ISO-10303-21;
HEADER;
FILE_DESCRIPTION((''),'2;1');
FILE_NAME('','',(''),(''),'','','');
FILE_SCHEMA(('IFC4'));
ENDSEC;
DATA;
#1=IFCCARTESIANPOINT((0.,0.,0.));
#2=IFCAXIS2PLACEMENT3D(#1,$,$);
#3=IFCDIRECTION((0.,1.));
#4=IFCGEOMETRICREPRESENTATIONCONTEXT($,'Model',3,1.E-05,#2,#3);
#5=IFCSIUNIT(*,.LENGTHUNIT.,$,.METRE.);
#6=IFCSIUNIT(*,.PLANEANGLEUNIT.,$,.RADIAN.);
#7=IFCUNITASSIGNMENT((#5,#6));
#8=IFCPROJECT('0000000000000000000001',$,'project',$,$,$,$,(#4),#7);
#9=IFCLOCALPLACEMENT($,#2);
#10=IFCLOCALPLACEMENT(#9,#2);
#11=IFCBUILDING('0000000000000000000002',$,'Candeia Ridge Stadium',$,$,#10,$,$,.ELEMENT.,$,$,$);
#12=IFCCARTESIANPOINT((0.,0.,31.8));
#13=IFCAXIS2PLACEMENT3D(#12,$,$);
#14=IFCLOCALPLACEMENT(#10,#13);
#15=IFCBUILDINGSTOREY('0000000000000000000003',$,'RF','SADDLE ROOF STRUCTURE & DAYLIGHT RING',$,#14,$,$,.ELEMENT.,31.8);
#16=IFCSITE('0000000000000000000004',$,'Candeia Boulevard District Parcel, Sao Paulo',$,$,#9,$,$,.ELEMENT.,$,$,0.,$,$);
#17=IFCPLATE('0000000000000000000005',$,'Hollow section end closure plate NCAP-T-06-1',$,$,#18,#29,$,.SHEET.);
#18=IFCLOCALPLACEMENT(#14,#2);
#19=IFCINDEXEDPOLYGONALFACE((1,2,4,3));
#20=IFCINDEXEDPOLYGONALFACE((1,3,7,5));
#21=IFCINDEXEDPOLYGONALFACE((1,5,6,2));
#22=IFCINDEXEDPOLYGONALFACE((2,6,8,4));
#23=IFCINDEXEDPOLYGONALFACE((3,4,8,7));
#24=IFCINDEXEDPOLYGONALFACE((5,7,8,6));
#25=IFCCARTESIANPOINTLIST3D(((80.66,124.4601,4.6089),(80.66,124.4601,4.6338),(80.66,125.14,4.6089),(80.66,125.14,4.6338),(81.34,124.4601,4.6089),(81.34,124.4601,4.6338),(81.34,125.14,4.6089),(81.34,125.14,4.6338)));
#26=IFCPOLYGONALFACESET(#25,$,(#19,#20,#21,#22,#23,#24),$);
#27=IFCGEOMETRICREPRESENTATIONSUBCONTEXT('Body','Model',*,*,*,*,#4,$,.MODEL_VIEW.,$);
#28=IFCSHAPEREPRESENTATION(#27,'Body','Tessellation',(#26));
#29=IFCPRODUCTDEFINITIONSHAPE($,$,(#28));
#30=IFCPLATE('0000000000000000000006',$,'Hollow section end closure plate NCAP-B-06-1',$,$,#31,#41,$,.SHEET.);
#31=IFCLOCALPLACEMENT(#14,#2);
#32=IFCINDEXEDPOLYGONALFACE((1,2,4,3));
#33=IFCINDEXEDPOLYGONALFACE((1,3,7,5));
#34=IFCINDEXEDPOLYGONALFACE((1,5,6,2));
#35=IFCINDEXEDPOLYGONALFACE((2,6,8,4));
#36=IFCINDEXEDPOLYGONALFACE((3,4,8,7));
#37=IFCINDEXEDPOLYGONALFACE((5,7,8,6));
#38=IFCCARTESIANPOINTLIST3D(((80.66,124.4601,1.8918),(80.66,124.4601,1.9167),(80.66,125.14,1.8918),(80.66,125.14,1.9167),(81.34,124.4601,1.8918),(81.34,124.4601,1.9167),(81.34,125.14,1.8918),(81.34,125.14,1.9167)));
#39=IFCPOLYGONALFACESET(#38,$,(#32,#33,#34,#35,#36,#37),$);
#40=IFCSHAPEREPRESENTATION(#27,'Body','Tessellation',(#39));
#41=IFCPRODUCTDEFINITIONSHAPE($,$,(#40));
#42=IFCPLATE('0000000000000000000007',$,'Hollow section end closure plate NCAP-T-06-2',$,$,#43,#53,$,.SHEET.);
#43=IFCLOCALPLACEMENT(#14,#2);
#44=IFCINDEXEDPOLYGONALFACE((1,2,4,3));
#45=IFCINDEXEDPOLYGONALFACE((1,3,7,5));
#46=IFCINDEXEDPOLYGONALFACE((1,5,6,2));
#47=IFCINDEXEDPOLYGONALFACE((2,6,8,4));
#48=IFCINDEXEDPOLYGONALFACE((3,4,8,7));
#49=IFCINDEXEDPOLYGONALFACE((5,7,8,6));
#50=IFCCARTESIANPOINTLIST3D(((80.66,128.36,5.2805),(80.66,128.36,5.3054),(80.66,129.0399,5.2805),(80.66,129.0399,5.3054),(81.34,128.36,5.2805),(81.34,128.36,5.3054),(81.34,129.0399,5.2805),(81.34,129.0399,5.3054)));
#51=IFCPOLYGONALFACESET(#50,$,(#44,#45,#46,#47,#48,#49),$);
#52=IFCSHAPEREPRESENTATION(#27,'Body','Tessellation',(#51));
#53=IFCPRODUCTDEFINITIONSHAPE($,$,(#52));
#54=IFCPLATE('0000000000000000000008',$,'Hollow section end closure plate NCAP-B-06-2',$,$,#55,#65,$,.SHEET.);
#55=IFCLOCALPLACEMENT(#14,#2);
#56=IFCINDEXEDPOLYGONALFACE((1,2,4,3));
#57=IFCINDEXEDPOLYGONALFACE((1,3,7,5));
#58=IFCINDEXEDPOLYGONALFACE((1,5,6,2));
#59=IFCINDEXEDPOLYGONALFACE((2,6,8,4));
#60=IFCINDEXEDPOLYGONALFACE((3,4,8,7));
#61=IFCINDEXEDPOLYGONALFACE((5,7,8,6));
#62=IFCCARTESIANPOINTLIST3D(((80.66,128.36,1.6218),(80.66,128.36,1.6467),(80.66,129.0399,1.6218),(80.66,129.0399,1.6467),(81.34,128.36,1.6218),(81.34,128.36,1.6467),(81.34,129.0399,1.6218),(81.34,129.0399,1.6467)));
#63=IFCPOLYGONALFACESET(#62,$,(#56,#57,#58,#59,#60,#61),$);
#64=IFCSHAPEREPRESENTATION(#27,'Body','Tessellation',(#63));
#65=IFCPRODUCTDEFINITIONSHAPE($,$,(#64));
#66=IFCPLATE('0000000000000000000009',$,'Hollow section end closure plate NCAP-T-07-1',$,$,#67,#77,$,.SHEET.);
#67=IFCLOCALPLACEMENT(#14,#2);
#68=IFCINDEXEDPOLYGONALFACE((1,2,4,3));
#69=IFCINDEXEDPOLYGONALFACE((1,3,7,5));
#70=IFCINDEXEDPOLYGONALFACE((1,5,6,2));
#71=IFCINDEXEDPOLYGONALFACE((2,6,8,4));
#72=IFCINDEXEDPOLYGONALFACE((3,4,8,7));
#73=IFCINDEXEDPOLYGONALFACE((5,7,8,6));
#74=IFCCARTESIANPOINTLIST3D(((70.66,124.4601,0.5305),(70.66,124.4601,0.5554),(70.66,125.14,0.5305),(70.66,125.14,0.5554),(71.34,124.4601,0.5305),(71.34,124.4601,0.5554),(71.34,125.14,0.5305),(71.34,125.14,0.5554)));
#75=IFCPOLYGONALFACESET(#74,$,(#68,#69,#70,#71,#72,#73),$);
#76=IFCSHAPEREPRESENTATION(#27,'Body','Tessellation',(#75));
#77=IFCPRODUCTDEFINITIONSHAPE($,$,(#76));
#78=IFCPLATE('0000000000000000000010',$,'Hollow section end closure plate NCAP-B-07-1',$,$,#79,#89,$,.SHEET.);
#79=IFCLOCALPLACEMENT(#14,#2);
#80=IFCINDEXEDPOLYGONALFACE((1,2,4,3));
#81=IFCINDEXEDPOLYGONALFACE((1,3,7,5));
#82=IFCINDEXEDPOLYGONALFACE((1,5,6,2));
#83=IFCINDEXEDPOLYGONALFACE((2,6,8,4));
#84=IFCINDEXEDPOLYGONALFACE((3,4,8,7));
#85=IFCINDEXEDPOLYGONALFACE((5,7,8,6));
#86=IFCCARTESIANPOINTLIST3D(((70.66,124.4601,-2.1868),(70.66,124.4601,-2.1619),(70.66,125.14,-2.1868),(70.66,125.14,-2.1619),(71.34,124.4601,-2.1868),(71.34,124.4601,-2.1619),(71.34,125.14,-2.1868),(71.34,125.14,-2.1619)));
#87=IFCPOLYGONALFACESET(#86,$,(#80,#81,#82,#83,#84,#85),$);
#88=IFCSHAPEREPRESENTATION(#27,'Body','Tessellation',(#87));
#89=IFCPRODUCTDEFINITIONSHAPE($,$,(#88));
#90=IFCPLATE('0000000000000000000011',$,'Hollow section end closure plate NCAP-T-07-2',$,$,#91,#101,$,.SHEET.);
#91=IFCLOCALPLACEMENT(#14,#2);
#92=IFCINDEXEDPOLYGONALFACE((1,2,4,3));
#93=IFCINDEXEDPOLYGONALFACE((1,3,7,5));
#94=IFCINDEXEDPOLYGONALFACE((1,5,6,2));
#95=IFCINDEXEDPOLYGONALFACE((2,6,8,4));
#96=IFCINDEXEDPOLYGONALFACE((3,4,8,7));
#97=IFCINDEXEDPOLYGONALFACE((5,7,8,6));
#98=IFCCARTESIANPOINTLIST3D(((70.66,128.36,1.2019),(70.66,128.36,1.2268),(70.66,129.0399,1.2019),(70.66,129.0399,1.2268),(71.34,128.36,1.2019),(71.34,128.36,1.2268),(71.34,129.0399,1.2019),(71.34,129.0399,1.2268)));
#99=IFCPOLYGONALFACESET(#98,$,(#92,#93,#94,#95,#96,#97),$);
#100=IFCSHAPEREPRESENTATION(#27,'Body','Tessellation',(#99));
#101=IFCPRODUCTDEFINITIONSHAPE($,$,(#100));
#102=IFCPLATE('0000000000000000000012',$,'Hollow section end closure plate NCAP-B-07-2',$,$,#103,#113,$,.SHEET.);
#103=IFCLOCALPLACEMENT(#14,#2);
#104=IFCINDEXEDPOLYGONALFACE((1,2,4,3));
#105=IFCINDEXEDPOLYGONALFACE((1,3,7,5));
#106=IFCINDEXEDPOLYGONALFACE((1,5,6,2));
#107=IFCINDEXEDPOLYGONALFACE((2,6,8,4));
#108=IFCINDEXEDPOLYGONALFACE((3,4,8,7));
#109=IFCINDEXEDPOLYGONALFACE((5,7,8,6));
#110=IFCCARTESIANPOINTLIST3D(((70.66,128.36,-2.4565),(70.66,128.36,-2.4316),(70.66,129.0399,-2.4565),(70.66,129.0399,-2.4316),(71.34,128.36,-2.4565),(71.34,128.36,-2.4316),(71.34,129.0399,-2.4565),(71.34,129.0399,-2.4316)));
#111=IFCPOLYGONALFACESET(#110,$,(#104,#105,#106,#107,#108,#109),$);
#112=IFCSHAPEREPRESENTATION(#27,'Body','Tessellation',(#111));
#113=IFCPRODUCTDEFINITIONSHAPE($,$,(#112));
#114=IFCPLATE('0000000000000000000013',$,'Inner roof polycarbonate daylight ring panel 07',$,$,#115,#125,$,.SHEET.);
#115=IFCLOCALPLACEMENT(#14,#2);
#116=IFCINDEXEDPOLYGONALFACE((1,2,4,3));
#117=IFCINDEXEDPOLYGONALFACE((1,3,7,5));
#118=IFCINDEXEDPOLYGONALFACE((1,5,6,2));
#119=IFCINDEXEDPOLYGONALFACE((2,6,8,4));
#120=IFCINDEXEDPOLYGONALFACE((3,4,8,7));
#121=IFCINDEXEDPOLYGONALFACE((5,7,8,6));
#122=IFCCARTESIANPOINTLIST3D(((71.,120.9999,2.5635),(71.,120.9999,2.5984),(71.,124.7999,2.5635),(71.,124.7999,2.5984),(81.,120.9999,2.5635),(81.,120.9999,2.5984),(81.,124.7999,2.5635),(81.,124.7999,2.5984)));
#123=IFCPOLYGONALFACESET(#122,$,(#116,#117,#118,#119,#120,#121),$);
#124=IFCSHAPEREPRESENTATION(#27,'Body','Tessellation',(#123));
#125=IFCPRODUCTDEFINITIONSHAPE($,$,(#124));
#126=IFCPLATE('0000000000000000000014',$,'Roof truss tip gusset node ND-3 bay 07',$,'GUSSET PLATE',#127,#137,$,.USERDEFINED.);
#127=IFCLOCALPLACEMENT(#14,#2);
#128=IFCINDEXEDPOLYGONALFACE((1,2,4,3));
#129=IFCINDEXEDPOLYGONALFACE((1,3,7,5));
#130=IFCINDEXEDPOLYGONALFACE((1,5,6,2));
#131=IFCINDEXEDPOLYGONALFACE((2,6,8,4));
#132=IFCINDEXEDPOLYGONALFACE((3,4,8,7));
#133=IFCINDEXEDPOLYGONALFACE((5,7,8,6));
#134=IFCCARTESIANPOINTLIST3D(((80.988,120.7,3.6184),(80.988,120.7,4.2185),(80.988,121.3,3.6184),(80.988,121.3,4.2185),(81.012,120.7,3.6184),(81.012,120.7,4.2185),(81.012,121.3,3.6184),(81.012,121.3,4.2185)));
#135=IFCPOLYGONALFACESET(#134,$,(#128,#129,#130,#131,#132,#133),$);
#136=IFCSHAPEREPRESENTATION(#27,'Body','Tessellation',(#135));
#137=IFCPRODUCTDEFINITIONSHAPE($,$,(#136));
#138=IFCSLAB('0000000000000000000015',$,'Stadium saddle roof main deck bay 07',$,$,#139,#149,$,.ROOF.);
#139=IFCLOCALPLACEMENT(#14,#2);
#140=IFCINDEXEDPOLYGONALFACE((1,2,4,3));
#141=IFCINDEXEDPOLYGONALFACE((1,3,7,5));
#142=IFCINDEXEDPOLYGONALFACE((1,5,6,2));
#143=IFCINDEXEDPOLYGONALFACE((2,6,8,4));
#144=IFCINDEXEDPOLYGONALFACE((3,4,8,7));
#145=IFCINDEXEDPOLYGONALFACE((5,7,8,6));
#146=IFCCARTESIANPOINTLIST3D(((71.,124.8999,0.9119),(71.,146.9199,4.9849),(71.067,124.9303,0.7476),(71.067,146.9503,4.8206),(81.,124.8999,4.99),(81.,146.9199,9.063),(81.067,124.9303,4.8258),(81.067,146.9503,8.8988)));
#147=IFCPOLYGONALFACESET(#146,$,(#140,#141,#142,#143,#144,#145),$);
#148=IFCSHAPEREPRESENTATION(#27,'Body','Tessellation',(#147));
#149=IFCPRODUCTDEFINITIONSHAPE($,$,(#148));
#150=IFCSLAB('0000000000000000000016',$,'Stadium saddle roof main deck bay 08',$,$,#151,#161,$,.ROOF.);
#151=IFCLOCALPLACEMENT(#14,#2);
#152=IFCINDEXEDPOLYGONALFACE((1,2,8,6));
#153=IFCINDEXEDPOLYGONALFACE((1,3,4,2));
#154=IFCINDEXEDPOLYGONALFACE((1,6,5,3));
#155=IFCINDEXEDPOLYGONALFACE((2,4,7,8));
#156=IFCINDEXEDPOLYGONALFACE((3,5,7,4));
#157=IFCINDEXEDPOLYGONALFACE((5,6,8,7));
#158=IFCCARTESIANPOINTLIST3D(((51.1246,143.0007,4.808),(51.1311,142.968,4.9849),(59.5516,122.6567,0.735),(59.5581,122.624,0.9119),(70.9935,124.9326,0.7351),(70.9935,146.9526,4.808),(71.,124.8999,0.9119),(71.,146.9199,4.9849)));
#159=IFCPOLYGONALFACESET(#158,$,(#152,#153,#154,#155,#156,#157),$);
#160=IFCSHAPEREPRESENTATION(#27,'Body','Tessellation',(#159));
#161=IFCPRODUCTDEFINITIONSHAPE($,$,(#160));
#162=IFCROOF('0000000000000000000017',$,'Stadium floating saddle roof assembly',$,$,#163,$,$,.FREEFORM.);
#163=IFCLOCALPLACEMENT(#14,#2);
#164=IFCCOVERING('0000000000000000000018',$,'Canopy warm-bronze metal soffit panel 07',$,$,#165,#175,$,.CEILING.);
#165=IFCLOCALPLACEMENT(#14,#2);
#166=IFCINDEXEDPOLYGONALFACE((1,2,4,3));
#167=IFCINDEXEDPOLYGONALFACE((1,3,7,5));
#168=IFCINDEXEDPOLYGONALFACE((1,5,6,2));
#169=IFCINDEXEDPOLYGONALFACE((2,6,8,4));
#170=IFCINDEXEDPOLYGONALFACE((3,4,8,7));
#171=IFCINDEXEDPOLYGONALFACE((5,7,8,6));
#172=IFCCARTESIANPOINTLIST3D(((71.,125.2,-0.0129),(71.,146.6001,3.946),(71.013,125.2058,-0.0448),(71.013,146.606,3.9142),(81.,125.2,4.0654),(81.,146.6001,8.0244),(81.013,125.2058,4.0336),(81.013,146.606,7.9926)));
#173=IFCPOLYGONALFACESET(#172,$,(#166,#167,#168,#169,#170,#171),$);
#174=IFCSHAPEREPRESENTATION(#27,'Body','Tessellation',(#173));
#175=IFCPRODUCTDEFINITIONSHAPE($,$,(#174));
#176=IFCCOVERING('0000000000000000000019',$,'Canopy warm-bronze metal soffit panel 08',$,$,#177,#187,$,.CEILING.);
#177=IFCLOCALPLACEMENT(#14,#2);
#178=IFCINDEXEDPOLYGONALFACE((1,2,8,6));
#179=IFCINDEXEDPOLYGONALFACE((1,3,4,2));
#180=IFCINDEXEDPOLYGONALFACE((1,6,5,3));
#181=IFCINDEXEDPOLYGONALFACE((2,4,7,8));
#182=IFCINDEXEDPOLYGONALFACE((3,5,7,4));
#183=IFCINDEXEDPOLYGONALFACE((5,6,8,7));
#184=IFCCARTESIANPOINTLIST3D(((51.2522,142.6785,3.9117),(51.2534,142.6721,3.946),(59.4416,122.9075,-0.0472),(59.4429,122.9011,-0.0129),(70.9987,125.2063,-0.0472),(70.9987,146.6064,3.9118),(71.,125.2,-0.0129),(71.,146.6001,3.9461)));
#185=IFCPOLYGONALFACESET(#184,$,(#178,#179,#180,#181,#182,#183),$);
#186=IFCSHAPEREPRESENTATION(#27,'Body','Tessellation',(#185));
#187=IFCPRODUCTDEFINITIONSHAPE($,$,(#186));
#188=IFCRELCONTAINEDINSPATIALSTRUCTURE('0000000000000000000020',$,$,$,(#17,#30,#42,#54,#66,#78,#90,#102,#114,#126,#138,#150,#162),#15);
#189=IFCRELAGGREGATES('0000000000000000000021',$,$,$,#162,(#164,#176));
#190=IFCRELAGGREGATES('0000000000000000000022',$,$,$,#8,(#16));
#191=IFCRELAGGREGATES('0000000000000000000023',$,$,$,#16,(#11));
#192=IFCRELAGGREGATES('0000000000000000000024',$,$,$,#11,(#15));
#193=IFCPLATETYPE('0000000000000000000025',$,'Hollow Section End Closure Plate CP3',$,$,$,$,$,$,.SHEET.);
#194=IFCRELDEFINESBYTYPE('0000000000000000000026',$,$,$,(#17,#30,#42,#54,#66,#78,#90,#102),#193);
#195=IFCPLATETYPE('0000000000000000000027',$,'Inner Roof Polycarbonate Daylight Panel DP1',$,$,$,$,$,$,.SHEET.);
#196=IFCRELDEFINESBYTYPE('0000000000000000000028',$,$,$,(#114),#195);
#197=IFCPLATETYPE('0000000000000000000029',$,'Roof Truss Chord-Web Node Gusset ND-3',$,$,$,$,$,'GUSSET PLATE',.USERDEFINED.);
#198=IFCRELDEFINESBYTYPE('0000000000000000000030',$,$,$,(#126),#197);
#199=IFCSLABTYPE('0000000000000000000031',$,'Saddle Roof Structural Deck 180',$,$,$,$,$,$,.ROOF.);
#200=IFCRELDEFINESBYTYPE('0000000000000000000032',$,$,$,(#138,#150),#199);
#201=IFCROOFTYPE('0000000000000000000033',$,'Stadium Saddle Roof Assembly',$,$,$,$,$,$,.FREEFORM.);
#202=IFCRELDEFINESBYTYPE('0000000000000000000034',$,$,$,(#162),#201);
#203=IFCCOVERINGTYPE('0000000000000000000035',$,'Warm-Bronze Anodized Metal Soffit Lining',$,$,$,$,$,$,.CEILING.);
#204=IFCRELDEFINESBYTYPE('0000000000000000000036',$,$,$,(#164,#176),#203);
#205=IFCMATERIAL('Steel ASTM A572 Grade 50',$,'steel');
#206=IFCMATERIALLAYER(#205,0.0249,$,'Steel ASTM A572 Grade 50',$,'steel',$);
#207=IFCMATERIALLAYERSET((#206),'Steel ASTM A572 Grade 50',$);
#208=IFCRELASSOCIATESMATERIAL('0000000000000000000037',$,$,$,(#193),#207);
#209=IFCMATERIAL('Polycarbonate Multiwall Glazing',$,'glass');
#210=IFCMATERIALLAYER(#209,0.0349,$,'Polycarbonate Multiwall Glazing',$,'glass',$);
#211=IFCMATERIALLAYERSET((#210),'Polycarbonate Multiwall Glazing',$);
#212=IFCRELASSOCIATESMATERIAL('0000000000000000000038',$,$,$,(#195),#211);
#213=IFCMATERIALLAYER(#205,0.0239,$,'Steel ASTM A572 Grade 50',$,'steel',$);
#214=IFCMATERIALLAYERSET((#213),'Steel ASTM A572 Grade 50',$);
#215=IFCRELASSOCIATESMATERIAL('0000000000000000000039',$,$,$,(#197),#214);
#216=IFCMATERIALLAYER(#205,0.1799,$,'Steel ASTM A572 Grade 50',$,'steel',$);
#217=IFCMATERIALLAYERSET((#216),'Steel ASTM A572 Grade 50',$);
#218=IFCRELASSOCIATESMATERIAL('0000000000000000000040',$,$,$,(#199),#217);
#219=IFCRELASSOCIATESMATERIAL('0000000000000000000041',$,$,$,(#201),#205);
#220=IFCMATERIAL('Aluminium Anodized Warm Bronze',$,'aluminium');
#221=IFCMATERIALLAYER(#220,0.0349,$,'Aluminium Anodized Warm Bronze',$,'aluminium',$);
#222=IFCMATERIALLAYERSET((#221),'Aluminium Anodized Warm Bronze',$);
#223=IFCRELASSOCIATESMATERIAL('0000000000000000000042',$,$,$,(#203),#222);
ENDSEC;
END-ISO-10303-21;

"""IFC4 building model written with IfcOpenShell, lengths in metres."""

from ifc_helpers import new_model, si_unit, direction, frame, origin, origin_2d, place, context, subcontext, project, spatial, polyline, rectangle, outline, extrude, material, layer, layer_set, type_object, element, aggregate, save


model = new_model("IFC4")

# Units and contexts
model_context = context("Model", 3, precision=1e-05, world=origin(), true_north=direction((0.0, 1.0)))
body_context = subcontext(model_context, "Body", "Model", "MODEL_VIEW")
ifc_project = project(units=[si_unit("LENGTHUNIT", "METRE"), si_unit("PLANEANGLEUNIT", "RADIAN")], contexts=[model_context])

# Site, building, storey
site_placement = place(None, origin())
site = spatial("IfcSite", under=ifc_project, at=site_placement, Name="Candeia Boulevard District Parcel, Sao Paulo", CompositionType="ELEMENT", RefElevation=0.0)
building_placement = place(site_placement, origin())
building = spatial("IfcBuilding", under=site, at=building_placement, Name="Candeia Ridge Stadium", CompositionType="ELEMENT")
storey_placement = place(building_placement, frame((0.0, 0.0, 31.8)))
storey = spatial("IfcBuildingStorey", under=building, at=storey_placement, Name="RF", Description="SADDLE ROOF STRUCTURE & DAYLIGHT RING", CompositionType="ELEMENT", Elevation=31.8)

# Shared definitions
ifc_material_1 = material(Name="Steel ASTM A572 Grade 50", Category="steel")

# Plates
ifc_layer_1 = layer(ifc_material_1, 0.0249, Name="Steel ASTM A572 Grade 50", Category="steel")
ifc_layer_set_1 = layer_set([ifc_layer_1], Name="Steel ASTM A572 Grade 50")
plate_type_1 = type_object("IfcPlateType", Name="Hollow Section End Closure Plate CP3", PredefinedType="SHEET", material=ifc_layer_set_1)
for number, where, z_axis, x_axis, name in (
    (1, (81.0, 124.8, 4.6089), (0.0, 0.0, 1.0), (1.0, 0.0, 0.0), "Hollow section end closure plate NCAP-T-06-1"),
    (2, (81.0, 124.8, 1.8918), (0.0, 0.0, 1.0), (1.0, 0.0, 0.0), "Hollow section end closure plate NCAP-B-06-1"),
    (3, (81.0, 128.7, 5.2805), (0.0, 0.0, 1.0), (1.0, 0.0, 0.0), "Hollow section end closure plate NCAP-T-06-2"),
    (4, (81.0, 128.7, 1.6218), (0.0, 0.0, 1.0), (1.0, 0.0, 0.0), "Hollow section end closure plate NCAP-B-06-2"),
    (5, (71.0, 124.8, 0.5305), (0.0, 0.0, 1.0), (1.0, 0.0, 0.0), "Hollow section end closure plate NCAP-T-07-1"),
    (6, (71.0, 124.8, -2.1868), (0.0, 0.0, 1.0), (1.0, 0.0, 0.0), "Hollow section end closure plate NCAP-B-07-1"),
    (7, (71.0, 128.7, 1.2019), (0.0, 0.0, 1.0), (1.0, 0.0, 0.0), "Hollow section end closure plate NCAP-T-07-2"),
    (8, (71.0, 128.7, -2.4565), (0.0, 0.0, 1.0), (1.0, 0.0, 0.0), "Hollow section end closure plate NCAP-B-07-2"),
):
    element("IfcPlate", number, at=place(storey_placement, frame(where, z_axis=z_axis, x_axis=x_axis)), inside=storey, type_object=plate_type_1, Name=name, PredefinedType="SHEET", context=body_context, shape_type="SweptSolid", body=[
        extrude(rectangle(XDim=0.6799, YDim=0.6799, at=origin_2d()), origin(), (0.0, 0.0, 1.0), 0.0249),
    ])
ifc_material_2 = material(Name="Polycarbonate Multiwall Glazing", Category="glass")
ifc_layer_2 = layer(ifc_material_2, 0.0349, Name="Polycarbonate Multiwall Glazing", Category="glass")
ifc_layer_set_2 = layer_set([ifc_layer_2], Name="Polycarbonate Multiwall Glazing")
plate_type_2 = type_object("IfcPlateType", Name="Inner Roof Polycarbonate Daylight Panel DP1", PredefinedType="SHEET", material=ifc_layer_set_2)
plate_1_placement = place(storey_placement, frame((76.0, 122.8999, 2.5635), z_axis=(0.0, 0.0, 1.0), x_axis=(-1.0, 0.0, 0.0)))
element("IfcPlate", 9, at=plate_1_placement, inside=storey, type_object=plate_type_2, Name="Inner roof polycarbonate daylight ring panel 07", PredefinedType="SHEET", context=body_context, shape_type="SweptSolid", body=[
    extrude(rectangle(XDim=10.0, YDim=3.8, at=origin_2d()), origin(), (0.0, 0.0, 1.0), 0.0349),
])
ifc_layer_3 = layer(ifc_material_1, 0.0239, Name="Steel ASTM A572 Grade 50", Category="steel")
ifc_layer_set_3 = layer_set([ifc_layer_3], Name="Steel ASTM A572 Grade 50")
plate_type_3 = type_object("IfcPlateType", Name="Roof Truss Chord-Web Node Gusset ND-3", ElementType="GUSSET PLATE", PredefinedType="USERDEFINED", material=ifc_layer_set_3)
plate_2_placement = place(storey_placement, frame((81.0, 121.0, 3.6184), z_axis=(0.0, 0.0, 1.0), x_axis=(0.0, 1.0, 0.0)))
element("IfcPlate", 10, at=plate_2_placement, inside=storey, type_object=plate_type_3, Name="Roof truss tip gusset node ND-3 bay 07", ObjectType="GUSSET PLATE", PredefinedType="USERDEFINED", context=body_context, shape_type="SweptSolid", body=[
    extrude(rectangle(XDim=0.6001, YDim=0.0239, at=origin_2d()), origin(), (0.0, 0.0, 1.0), 0.6001),
])

# Slabs
ifc_layer_4 = layer(ifc_material_1, 0.1799, Name="Steel ASTM A572 Grade 50", Category="steel")
ifc_layer_set_4 = layer_set([ifc_layer_4], Name="Steel ASTM A572 Grade 50")
slab_type = type_object("IfcSlabType", Name="Saddle Roof Structural Deck 180", PredefinedType="ROOF", material=ifc_layer_set_4)
slab_1_placement = place(storey_placement, frame((81.0, 124.8999, 4.99), z_axis=(-0.372199, -0.168815, 0.912672), x_axis=(-0.925961, 0.0, -0.377619)))
element("IfcSlab", 11, at=slab_1_placement, inside=storey, type_object=slab_type, Name="Stadium saddle roof main deck bay 07", PredefinedType="ROOF", context=body_context, shape_type="SweptSolid", body=[
    extrude(outline(polyline([(0.0, 0.0), (10.7996, 0.0), (9.2615, -22.3407), (-1.538, -22.3407), (0.0, 0.0)])), origin(), (0.0, 0.0, -1.0), 0.1799),
])
slab_2_placement = place(storey_placement, frame((71.0, 124.8999, 0.9119), z_axis=(0.036153, -0.181763, 0.982677), x_axis=(-0.980786, -0.195086, -0.000001)))
element("IfcSlab", 12, at=slab_2_placement, inside=storey, type_object=slab_type, Name="Stadium saddle roof main deck bay 08", PredefinedType="ROOF", context=body_context, shape_type="SweptSolid", body=[
    extrude(outline(polyline([(0.0, 0.0), (11.666, 0.0), (15.9623, -21.9778), (-4.2958, -21.9776), (0.0, 0.0)])), origin(), (0.0, 0.0, -1.0), 0.1799),
])

# Roof, coverings
roof_type = type_object("IfcRoofType", Name="Stadium Saddle Roof Assembly", PredefinedType="FREEFORM", material=ifc_material_1)
roof_placement = place(storey_placement, origin())
roof = element("IfcRoof", 13, at=roof_placement, inside=storey, type_object=roof_type, Name="Stadium floating saddle roof assembly", PredefinedType="FREEFORM")
ifc_material_3 = material(Name="Aluminium Anodized Warm Bronze", Category="aluminium")
ifc_layer_5 = layer(ifc_material_3, 0.0349, Name="Aluminium Anodized Warm Bronze", Category="aluminium")
ifc_layer_set_5 = layer_set([ifc_layer_5], Name="Aluminium Anodized Warm Bronze")
covering_type = type_object("IfcCoveringType", Name="Warm-Bronze Anodized Metal Soffit Lining", PredefinedType="CEILING", material=ifc_layer_set_5)
covering_1_placement = place(storey_placement, frame((81.0, 125.2, 4.0654), z_axis=(-0.372216, -0.16884, 0.91266), x_axis=(-0.925953, 0.0, -0.377638)))
covering_1 = element("IfcCovering", 14, at=covering_1_placement, type_object=covering_type, Name="Canopy warm-bronze metal soffit panel 07", PredefinedType="CEILING", context=body_context, shape_type="SweptSolid", body=[
    extrude(outline(polyline([(0.0, 0.0), (10.7997, 0.0), (9.3046, -21.7119), (-1.4951, -21.7119), (0.0, 0.0)])), origin(), (0.0, 0.0, -1.0), 0.0349),
])
covering_2_placement = place(storey_placement, frame((71.0, 125.2, -0.0129), z_axis=(0.036162, -0.181793, 0.982672), x_axis=(-0.980786, -0.195088, 0.000001)))
covering_2 = element("IfcCovering", 15, at=covering_2_placement, type_object=covering_type, Name="Canopy warm-bronze metal soffit panel 08", PredefinedType="CEILING", context=body_context, shape_type="SweptSolid", body=[
    extrude(outline(polyline([(0.0, 0.0), (11.7835, 0.0), (15.9586, -21.3589), (-4.1749, -21.3591), (0.0, 0.0)])), origin(), (0.0, 0.0, -1.0), 0.0349),
])
aggregate(roof, [covering_1, covering_2])

save(model, "model.ifc")
